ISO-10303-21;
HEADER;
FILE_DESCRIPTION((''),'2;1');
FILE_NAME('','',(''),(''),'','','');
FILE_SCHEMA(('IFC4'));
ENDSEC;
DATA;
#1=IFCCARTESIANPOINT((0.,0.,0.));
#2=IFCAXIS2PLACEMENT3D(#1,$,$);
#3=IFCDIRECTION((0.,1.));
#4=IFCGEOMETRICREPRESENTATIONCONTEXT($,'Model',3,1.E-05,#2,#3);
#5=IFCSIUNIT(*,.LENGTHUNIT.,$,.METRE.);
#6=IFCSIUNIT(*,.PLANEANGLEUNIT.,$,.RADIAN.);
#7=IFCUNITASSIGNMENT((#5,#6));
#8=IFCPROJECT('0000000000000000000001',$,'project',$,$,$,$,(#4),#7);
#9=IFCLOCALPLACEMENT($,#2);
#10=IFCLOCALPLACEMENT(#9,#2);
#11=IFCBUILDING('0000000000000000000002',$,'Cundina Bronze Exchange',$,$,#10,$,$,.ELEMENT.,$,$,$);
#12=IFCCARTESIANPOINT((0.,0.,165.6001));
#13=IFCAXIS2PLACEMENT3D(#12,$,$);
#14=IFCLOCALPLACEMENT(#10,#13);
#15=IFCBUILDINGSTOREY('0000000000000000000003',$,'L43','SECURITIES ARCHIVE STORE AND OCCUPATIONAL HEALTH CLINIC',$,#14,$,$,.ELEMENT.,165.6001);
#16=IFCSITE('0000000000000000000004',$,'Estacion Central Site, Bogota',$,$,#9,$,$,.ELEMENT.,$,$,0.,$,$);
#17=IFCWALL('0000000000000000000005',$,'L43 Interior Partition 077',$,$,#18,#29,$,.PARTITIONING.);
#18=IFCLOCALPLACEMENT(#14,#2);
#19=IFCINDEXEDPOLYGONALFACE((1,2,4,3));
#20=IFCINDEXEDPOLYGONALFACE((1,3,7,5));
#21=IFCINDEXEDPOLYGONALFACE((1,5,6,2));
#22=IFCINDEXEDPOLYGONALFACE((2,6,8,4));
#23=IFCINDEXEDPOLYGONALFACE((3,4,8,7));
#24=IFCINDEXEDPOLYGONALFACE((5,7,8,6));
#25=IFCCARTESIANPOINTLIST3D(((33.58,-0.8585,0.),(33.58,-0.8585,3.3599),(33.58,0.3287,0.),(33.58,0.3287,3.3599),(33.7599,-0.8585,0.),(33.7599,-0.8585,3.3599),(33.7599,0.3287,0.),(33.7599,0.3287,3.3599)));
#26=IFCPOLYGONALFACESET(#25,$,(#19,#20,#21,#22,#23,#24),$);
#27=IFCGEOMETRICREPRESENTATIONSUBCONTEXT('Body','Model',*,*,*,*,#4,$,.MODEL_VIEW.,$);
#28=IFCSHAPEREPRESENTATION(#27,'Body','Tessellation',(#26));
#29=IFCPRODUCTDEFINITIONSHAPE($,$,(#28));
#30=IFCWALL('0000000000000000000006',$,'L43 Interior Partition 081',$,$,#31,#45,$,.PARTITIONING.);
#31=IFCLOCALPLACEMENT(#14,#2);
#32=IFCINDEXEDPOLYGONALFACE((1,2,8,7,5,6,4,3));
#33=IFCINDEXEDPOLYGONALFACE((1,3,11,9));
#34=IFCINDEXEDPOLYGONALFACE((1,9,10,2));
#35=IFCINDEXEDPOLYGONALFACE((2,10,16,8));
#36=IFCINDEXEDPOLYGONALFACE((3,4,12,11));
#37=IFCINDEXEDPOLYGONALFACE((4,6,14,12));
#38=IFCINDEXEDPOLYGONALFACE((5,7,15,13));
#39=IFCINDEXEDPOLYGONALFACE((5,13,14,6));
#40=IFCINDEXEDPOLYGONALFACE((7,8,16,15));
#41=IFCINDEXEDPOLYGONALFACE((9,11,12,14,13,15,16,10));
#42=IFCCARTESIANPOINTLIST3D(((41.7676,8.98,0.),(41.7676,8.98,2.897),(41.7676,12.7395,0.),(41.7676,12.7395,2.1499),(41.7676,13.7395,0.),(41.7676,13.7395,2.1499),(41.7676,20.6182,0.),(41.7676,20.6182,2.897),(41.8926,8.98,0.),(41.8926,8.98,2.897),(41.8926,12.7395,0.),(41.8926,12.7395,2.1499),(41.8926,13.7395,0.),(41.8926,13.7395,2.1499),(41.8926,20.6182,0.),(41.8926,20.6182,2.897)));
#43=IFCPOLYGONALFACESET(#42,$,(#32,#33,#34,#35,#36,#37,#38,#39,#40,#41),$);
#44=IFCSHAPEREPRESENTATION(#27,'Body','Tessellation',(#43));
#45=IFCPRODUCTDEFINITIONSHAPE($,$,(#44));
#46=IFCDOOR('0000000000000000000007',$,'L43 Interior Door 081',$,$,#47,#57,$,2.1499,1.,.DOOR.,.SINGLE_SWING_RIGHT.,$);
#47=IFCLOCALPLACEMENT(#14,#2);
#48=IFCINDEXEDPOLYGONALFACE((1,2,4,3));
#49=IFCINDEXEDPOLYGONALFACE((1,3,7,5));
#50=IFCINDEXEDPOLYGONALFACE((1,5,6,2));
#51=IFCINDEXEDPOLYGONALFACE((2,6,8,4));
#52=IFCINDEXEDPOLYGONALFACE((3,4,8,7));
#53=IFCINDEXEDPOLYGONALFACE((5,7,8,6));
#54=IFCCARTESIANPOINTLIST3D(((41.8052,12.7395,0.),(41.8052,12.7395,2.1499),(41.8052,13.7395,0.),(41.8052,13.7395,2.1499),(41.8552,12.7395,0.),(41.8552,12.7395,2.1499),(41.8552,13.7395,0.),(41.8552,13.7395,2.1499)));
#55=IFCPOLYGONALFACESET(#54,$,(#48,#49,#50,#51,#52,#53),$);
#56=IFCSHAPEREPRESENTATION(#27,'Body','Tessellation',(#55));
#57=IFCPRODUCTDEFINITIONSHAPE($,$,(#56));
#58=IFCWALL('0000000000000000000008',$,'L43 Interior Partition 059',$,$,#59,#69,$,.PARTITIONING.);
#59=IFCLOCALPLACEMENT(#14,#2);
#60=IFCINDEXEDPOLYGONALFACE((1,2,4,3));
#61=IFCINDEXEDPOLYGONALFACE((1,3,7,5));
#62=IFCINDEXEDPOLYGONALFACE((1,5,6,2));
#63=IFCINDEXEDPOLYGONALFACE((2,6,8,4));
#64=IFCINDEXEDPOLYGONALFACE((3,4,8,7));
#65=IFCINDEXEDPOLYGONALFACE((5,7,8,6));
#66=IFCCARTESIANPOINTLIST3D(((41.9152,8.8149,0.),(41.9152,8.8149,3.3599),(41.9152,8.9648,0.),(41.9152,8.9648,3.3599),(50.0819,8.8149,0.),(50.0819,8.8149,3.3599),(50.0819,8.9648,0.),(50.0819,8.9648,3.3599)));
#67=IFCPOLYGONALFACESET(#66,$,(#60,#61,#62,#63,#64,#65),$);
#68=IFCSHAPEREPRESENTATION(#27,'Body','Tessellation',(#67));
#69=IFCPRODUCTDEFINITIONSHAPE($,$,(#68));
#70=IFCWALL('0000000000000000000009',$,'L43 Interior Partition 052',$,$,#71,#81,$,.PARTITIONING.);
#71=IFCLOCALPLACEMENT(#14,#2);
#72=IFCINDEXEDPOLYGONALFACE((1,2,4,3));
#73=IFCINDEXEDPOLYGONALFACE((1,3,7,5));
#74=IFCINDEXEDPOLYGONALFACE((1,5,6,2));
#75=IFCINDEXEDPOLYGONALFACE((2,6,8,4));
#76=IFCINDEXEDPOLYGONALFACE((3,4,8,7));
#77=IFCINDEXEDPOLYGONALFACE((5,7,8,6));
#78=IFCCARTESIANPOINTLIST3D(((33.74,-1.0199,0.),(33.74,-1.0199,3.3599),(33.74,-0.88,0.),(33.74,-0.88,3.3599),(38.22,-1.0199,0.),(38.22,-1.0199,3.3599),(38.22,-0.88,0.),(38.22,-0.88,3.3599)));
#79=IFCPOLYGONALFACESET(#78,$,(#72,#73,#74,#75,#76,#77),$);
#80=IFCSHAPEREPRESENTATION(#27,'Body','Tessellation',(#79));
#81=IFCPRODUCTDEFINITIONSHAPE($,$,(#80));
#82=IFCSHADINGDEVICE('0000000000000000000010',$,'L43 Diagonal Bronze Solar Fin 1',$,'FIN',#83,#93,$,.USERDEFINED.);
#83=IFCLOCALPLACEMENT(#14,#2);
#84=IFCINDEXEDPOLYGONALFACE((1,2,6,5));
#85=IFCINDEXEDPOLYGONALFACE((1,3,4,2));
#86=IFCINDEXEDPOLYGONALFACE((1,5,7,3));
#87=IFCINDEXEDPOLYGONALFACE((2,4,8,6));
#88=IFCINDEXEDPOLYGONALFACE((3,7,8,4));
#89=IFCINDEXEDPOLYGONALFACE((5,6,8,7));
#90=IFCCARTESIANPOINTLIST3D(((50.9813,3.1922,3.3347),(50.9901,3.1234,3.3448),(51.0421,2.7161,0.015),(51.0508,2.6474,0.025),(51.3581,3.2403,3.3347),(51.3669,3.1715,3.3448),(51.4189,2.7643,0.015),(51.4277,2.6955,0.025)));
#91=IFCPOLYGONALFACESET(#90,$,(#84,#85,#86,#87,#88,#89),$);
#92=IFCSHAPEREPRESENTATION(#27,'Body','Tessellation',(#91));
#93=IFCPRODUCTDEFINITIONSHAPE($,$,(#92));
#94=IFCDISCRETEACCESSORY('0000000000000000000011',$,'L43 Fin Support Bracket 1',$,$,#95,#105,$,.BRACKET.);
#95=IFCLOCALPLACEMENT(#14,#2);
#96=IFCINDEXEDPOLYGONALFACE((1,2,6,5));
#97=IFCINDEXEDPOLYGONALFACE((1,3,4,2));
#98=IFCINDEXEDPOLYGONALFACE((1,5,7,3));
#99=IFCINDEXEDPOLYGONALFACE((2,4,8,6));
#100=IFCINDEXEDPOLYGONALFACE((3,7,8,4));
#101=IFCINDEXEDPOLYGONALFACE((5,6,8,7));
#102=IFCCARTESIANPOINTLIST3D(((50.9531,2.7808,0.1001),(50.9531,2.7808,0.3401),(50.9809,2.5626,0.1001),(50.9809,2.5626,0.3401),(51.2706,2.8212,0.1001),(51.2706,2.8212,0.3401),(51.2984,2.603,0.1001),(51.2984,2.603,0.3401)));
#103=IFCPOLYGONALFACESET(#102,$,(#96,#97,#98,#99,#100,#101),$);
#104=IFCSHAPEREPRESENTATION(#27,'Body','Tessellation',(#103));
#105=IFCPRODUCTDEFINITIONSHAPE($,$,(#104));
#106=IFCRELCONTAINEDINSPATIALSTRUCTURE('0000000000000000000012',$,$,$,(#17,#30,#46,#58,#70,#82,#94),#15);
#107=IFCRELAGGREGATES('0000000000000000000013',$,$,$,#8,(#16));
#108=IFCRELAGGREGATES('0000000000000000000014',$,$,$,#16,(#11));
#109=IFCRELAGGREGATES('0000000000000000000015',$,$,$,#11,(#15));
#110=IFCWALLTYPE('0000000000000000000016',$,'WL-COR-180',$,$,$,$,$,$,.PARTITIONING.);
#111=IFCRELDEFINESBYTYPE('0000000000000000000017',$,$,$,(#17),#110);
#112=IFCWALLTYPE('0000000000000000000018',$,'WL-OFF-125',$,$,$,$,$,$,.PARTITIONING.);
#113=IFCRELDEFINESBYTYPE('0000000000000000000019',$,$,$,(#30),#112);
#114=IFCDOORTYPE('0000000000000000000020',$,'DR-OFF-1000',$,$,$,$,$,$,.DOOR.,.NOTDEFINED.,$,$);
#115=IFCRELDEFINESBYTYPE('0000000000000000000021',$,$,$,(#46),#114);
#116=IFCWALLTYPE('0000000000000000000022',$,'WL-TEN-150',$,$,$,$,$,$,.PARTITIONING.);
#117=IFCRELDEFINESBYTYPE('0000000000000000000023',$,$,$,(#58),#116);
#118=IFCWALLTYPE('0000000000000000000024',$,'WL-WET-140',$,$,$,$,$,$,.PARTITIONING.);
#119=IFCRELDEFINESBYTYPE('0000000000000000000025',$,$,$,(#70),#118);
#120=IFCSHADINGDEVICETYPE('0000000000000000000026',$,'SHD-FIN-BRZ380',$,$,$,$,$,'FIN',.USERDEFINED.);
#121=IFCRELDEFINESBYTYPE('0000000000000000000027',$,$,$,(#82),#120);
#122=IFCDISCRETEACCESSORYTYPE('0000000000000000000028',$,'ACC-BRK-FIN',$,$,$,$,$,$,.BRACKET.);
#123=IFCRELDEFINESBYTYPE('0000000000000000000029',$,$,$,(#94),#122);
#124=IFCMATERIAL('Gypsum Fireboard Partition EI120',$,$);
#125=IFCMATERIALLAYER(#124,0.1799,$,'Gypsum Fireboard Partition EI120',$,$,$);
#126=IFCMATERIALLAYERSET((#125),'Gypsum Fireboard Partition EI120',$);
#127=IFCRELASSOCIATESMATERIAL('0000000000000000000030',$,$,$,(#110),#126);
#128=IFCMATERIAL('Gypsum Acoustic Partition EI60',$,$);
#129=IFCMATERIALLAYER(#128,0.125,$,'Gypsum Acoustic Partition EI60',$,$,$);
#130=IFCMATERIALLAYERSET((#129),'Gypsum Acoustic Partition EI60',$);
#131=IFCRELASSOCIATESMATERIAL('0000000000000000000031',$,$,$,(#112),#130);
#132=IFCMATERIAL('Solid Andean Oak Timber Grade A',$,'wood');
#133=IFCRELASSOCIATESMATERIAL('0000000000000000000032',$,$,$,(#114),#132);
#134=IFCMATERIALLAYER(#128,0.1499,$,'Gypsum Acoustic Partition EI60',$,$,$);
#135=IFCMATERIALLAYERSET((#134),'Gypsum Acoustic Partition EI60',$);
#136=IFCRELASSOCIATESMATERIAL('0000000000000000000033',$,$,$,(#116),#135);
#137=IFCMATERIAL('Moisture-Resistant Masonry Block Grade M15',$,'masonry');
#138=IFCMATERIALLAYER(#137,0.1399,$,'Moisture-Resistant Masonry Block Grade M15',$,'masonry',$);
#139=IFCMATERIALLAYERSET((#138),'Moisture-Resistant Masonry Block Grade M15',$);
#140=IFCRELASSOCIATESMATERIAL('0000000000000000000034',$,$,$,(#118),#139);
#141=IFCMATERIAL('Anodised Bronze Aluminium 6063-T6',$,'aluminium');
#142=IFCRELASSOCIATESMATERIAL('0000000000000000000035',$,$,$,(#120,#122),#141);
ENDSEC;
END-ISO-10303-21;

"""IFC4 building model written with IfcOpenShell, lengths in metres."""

from ifc_helpers import new_model, si_unit, direction, frame, frame_2d, origin, origin_2d, place, context, subcontext, project, spatial, rectangle, extrude, material, layer, layer_set, material_profile, profile_set, type_object, element, fill, save


model = new_model("IFC4")

# Units and contexts
model_context = context("Model", 3, precision=1e-05, world=origin(), true_north=direction((0.0, 1.0)))
body_context = subcontext(model_context, "Body", "Model", "MODEL_VIEW")
ifc_project = project(units=[si_unit("LENGTHUNIT", "METRE"), si_unit("PLANEANGLEUNIT", "RADIAN")], contexts=[model_context])

# Site, building, storey
site_placement = place(None, origin())
site = spatial("IfcSite", under=ifc_project, at=site_placement, Name="Estacion Central Site, Bogota", CompositionType="ELEMENT", RefElevation=0.0)
building_placement = place(site_placement, origin())
building = spatial("IfcBuilding", under=site, at=building_placement, Name="Cundina Bronze Exchange", CompositionType="ELEMENT")
storey_placement = place(building_placement, frame((0.0, 0.0, 165.6001)))
storey = spatial("IfcBuildingStorey", under=building, at=storey_placement, Name="L43", Description="SECURITIES ARCHIVE STORE AND OCCUPATIONAL HEALTH CLINIC", CompositionType="ELEMENT", Elevation=165.6001)

# Shared definitions
ifc_material_1 = material(Name="Anodised Bronze Aluminium 6063-T6", Category="aluminium")

# Wall
ifc_material_2 = material(Name="Gypsum Fireboard Partition EI120")
ifc_layer_1 = layer(ifc_material_2, 0.1799, Name="Gypsum Fireboard Partition EI120")
ifc_layer_set_1 = layer_set([ifc_layer_1], Name="Gypsum Fireboard Partition EI120")
wall_type_1 = type_object("IfcWallType", Name="WL-COR-180", PredefinedType="PARTITIONING", material=ifc_layer_set_1)
wall_1_placement = place(storey_placement, frame((33.6699, -0.8586, 0.0), z_axis=(0.0, 0.0, 1.0), x_axis=(0.0, 1.0, 0.0)))
element("IfcWall", 1, at=wall_1_placement, inside=storey, type_object=wall_type_1, Name="L43 Interior Partition 077", PredefinedType="PARTITIONING", context=body_context, shape_type="SweptSolid", body=[
    extrude(rectangle(XDim=1.1873, YDim=0.1799, at=frame_2d((0.5938, 0.0))), origin(), (0.0, 0.0, 1.0), 3.3599),
])

# Wall, opening, door
ifc_material_3 = material(Name="Gypsum Acoustic Partition EI60")
ifc_layer_2 = layer(ifc_material_3, 0.125, Name="Gypsum Acoustic Partition EI60")
ifc_layer_set_2 = layer_set([ifc_layer_2], Name="Gypsum Acoustic Partition EI60")
wall_type_2 = type_object("IfcWallType", Name="WL-OFF-125", PredefinedType="PARTITIONING", material=ifc_layer_set_2)
wall_2_placement = place(storey_placement, frame((41.8301, 8.98, 0.0), z_axis=(0.0, 0.0, 1.0), x_axis=(0.0, 1.0, 0.0)))
wall_2 = element("IfcWall", 2, at=wall_2_placement, inside=storey, type_object=wall_type_2, Name="L43 Interior Partition 081", PredefinedType="PARTITIONING", context=body_context, shape_type="SweptSolid", body=[
    extrude(rectangle(XDim=11.6382, YDim=0.125, at=frame_2d((5.8191, 0.0))), origin(), (0.0, 0.0, 1.0), 2.897),
])
opening_placement = place(wall_2_placement, frame((3.7595, 0.0, 0.0)))
opening = element("IfcOpeningElement", 3, at=opening_placement, cuts=wall_2, PredefinedType="OPENING", context=body_context, shape_type="SweptSolid", body=[
    extrude(rectangle(XDim=1.0, YDim=2.1499, at=frame_2d((0.5, 1.075))), frame((0.0, 0.0725, 0.0), z_axis=(0.0, -1.0, 0.0), x_axis=(1.0, 0.0, 0.0)), (0.0, 0.0, 1.0), 0.145),
])
ifc_material_4 = material(Name="Solid Andean Oak Timber Grade A", Category="wood")
door_type = type_object("IfcDoorType", Name="DR-OFF-1000", OperationType="NOTDEFINED", PredefinedType="DOOR", material=ifc_material_4)
door_placement = place(opening_placement, origin())
door = element("IfcDoor", 4, at=door_placement, inside=storey, type_object=door_type, Name="L43 Interior Door 081", OperationType="SINGLE_SWING_RIGHT", OverallHeight=2.1499, OverallWidth=1.0, PredefinedType="DOOR", context=body_context, shape_type="SweptSolid", body=[
    extrude(rectangle(XDim=1.0, YDim=2.1499, at=frame_2d((0.5, 1.075))), frame((0.0, 0.0249, 0.0), z_axis=(0.0, -1.0, 0.0), x_axis=(1.0, 0.0, 0.0)), (0.0, 0.0, 1.0), 0.05),
])
fill(opening, door)

# Walls
ifc_layer_3 = layer(ifc_material_3, 0.1499, Name="Gypsum Acoustic Partition EI60")
ifc_layer_set_3 = layer_set([ifc_layer_3], Name="Gypsum Acoustic Partition EI60")
wall_type_3 = type_object("IfcWallType", Name="WL-TEN-150", PredefinedType="PARTITIONING", material=ifc_layer_set_3)
wall_3_placement = place(storey_placement, frame((41.915, 8.8899, 0.0), z_axis=(0.0, 0.0, 1.0), x_axis=(1.0, 0.0, 0.0)))
element("IfcWall", 5, at=wall_3_placement, inside=storey, type_object=wall_type_3, Name="L43 Interior Partition 059", PredefinedType="PARTITIONING", context=body_context, shape_type="SweptSolid", body=[
    extrude(rectangle(XDim=8.1667, YDim=0.1499, at=frame_2d((4.0835, 0.0))), origin(), (0.0, 0.0, 1.0), 3.3599),
])
ifc_material_5 = material(Name="Moisture-Resistant Masonry Block Grade M15", Category="masonry")
ifc_layer_4 = layer(ifc_material_5, 0.1399, Name="Moisture-Resistant Masonry Block Grade M15", Category="masonry")
ifc_layer_set_4 = layer_set([ifc_layer_4], Name="Moisture-Resistant Masonry Block Grade M15")
wall_type_4 = type_object("IfcWallType", Name="WL-WET-140", PredefinedType="PARTITIONING", material=ifc_layer_set_4)
wall_4_placement = place(storey_placement, frame((33.74, -0.95, 0.0), z_axis=(0.0, 0.0, 1.0), x_axis=(1.0, 0.0, 0.0)))
element("IfcWall", 6, at=wall_4_placement, inside=storey, type_object=wall_type_4, Name="L43 Interior Partition 052", PredefinedType="PARTITIONING", context=body_context, shape_type="SweptSolid", body=[
    extrude(rectangle(XDim=4.48, YDim=0.1399, at=frame_2d((2.24, 0.0))), origin(), (0.0, 0.0, 1.0), 3.3599),
])

# Shading device
ifc_material_profile_1 = material_profile(ifc_material_1, rectangle(XDim=0.0701, YDim=0.3799, at=origin_2d()), Name="FIN70X380", Category="aluminium")
ifc_profile_set_1 = profile_set([ifc_material_profile_1], Name="Anodised Bronze Aluminium 6063-T6")
shading_device_type = type_object("IfcShadingDeviceType", Name="SHD-FIN-BRZ380", ElementType="FIN", PredefinedType="USERDEFINED", material=ifc_profile_set_1)
shading_device_placement = place(storey_placement, frame((51.2349, 2.7058, 0.02), z_axis=(-0.018123, 0.141928, 0.989711), x_axis=(0.125361, -0.98174, 0.14308)))
element("IfcShadingDevice", 7, at=shading_device_placement, inside=storey, type_object=shading_device_type, Name="L43 Diagonal Bronze Solar Fin 1", ObjectType="FIN", PredefinedType="USERDEFINED", context=body_context, shape_type="SweptSolid", body=[
    extrude(rectangle(XDim=0.0701, YDim=0.3799, at=origin_2d()), origin(), (0.0, 0.0, 1.0), 3.3542),
])

# Discrete accessory
discrete_accessory_type = type_object("IfcDiscreteAccessoryType", Name="ACC-BRK-FIN", PredefinedType="BRACKET", material=ifc_material_1)
discrete_accessory_placement = place(storey_placement, frame((51.1257, 2.6919, 0.1001), z_axis=(0.0, 0.0, 1.0), x_axis=(-0.126476, 0.99197, 0.0)))
element("IfcDiscreteAccessory", 8, at=discrete_accessory_placement, inside=storey, type_object=discrete_accessory_type, Name="L43 Fin Support Bracket 1", PredefinedType="BRACKET", context=body_context, shape_type="SweptSolid", body=[
    extrude(rectangle(XDim=0.22, YDim=0.3201, at=origin_2d()), origin(), (0.0, 0.0, 1.0), 0.24),
])

save(model, "model.ifc")
